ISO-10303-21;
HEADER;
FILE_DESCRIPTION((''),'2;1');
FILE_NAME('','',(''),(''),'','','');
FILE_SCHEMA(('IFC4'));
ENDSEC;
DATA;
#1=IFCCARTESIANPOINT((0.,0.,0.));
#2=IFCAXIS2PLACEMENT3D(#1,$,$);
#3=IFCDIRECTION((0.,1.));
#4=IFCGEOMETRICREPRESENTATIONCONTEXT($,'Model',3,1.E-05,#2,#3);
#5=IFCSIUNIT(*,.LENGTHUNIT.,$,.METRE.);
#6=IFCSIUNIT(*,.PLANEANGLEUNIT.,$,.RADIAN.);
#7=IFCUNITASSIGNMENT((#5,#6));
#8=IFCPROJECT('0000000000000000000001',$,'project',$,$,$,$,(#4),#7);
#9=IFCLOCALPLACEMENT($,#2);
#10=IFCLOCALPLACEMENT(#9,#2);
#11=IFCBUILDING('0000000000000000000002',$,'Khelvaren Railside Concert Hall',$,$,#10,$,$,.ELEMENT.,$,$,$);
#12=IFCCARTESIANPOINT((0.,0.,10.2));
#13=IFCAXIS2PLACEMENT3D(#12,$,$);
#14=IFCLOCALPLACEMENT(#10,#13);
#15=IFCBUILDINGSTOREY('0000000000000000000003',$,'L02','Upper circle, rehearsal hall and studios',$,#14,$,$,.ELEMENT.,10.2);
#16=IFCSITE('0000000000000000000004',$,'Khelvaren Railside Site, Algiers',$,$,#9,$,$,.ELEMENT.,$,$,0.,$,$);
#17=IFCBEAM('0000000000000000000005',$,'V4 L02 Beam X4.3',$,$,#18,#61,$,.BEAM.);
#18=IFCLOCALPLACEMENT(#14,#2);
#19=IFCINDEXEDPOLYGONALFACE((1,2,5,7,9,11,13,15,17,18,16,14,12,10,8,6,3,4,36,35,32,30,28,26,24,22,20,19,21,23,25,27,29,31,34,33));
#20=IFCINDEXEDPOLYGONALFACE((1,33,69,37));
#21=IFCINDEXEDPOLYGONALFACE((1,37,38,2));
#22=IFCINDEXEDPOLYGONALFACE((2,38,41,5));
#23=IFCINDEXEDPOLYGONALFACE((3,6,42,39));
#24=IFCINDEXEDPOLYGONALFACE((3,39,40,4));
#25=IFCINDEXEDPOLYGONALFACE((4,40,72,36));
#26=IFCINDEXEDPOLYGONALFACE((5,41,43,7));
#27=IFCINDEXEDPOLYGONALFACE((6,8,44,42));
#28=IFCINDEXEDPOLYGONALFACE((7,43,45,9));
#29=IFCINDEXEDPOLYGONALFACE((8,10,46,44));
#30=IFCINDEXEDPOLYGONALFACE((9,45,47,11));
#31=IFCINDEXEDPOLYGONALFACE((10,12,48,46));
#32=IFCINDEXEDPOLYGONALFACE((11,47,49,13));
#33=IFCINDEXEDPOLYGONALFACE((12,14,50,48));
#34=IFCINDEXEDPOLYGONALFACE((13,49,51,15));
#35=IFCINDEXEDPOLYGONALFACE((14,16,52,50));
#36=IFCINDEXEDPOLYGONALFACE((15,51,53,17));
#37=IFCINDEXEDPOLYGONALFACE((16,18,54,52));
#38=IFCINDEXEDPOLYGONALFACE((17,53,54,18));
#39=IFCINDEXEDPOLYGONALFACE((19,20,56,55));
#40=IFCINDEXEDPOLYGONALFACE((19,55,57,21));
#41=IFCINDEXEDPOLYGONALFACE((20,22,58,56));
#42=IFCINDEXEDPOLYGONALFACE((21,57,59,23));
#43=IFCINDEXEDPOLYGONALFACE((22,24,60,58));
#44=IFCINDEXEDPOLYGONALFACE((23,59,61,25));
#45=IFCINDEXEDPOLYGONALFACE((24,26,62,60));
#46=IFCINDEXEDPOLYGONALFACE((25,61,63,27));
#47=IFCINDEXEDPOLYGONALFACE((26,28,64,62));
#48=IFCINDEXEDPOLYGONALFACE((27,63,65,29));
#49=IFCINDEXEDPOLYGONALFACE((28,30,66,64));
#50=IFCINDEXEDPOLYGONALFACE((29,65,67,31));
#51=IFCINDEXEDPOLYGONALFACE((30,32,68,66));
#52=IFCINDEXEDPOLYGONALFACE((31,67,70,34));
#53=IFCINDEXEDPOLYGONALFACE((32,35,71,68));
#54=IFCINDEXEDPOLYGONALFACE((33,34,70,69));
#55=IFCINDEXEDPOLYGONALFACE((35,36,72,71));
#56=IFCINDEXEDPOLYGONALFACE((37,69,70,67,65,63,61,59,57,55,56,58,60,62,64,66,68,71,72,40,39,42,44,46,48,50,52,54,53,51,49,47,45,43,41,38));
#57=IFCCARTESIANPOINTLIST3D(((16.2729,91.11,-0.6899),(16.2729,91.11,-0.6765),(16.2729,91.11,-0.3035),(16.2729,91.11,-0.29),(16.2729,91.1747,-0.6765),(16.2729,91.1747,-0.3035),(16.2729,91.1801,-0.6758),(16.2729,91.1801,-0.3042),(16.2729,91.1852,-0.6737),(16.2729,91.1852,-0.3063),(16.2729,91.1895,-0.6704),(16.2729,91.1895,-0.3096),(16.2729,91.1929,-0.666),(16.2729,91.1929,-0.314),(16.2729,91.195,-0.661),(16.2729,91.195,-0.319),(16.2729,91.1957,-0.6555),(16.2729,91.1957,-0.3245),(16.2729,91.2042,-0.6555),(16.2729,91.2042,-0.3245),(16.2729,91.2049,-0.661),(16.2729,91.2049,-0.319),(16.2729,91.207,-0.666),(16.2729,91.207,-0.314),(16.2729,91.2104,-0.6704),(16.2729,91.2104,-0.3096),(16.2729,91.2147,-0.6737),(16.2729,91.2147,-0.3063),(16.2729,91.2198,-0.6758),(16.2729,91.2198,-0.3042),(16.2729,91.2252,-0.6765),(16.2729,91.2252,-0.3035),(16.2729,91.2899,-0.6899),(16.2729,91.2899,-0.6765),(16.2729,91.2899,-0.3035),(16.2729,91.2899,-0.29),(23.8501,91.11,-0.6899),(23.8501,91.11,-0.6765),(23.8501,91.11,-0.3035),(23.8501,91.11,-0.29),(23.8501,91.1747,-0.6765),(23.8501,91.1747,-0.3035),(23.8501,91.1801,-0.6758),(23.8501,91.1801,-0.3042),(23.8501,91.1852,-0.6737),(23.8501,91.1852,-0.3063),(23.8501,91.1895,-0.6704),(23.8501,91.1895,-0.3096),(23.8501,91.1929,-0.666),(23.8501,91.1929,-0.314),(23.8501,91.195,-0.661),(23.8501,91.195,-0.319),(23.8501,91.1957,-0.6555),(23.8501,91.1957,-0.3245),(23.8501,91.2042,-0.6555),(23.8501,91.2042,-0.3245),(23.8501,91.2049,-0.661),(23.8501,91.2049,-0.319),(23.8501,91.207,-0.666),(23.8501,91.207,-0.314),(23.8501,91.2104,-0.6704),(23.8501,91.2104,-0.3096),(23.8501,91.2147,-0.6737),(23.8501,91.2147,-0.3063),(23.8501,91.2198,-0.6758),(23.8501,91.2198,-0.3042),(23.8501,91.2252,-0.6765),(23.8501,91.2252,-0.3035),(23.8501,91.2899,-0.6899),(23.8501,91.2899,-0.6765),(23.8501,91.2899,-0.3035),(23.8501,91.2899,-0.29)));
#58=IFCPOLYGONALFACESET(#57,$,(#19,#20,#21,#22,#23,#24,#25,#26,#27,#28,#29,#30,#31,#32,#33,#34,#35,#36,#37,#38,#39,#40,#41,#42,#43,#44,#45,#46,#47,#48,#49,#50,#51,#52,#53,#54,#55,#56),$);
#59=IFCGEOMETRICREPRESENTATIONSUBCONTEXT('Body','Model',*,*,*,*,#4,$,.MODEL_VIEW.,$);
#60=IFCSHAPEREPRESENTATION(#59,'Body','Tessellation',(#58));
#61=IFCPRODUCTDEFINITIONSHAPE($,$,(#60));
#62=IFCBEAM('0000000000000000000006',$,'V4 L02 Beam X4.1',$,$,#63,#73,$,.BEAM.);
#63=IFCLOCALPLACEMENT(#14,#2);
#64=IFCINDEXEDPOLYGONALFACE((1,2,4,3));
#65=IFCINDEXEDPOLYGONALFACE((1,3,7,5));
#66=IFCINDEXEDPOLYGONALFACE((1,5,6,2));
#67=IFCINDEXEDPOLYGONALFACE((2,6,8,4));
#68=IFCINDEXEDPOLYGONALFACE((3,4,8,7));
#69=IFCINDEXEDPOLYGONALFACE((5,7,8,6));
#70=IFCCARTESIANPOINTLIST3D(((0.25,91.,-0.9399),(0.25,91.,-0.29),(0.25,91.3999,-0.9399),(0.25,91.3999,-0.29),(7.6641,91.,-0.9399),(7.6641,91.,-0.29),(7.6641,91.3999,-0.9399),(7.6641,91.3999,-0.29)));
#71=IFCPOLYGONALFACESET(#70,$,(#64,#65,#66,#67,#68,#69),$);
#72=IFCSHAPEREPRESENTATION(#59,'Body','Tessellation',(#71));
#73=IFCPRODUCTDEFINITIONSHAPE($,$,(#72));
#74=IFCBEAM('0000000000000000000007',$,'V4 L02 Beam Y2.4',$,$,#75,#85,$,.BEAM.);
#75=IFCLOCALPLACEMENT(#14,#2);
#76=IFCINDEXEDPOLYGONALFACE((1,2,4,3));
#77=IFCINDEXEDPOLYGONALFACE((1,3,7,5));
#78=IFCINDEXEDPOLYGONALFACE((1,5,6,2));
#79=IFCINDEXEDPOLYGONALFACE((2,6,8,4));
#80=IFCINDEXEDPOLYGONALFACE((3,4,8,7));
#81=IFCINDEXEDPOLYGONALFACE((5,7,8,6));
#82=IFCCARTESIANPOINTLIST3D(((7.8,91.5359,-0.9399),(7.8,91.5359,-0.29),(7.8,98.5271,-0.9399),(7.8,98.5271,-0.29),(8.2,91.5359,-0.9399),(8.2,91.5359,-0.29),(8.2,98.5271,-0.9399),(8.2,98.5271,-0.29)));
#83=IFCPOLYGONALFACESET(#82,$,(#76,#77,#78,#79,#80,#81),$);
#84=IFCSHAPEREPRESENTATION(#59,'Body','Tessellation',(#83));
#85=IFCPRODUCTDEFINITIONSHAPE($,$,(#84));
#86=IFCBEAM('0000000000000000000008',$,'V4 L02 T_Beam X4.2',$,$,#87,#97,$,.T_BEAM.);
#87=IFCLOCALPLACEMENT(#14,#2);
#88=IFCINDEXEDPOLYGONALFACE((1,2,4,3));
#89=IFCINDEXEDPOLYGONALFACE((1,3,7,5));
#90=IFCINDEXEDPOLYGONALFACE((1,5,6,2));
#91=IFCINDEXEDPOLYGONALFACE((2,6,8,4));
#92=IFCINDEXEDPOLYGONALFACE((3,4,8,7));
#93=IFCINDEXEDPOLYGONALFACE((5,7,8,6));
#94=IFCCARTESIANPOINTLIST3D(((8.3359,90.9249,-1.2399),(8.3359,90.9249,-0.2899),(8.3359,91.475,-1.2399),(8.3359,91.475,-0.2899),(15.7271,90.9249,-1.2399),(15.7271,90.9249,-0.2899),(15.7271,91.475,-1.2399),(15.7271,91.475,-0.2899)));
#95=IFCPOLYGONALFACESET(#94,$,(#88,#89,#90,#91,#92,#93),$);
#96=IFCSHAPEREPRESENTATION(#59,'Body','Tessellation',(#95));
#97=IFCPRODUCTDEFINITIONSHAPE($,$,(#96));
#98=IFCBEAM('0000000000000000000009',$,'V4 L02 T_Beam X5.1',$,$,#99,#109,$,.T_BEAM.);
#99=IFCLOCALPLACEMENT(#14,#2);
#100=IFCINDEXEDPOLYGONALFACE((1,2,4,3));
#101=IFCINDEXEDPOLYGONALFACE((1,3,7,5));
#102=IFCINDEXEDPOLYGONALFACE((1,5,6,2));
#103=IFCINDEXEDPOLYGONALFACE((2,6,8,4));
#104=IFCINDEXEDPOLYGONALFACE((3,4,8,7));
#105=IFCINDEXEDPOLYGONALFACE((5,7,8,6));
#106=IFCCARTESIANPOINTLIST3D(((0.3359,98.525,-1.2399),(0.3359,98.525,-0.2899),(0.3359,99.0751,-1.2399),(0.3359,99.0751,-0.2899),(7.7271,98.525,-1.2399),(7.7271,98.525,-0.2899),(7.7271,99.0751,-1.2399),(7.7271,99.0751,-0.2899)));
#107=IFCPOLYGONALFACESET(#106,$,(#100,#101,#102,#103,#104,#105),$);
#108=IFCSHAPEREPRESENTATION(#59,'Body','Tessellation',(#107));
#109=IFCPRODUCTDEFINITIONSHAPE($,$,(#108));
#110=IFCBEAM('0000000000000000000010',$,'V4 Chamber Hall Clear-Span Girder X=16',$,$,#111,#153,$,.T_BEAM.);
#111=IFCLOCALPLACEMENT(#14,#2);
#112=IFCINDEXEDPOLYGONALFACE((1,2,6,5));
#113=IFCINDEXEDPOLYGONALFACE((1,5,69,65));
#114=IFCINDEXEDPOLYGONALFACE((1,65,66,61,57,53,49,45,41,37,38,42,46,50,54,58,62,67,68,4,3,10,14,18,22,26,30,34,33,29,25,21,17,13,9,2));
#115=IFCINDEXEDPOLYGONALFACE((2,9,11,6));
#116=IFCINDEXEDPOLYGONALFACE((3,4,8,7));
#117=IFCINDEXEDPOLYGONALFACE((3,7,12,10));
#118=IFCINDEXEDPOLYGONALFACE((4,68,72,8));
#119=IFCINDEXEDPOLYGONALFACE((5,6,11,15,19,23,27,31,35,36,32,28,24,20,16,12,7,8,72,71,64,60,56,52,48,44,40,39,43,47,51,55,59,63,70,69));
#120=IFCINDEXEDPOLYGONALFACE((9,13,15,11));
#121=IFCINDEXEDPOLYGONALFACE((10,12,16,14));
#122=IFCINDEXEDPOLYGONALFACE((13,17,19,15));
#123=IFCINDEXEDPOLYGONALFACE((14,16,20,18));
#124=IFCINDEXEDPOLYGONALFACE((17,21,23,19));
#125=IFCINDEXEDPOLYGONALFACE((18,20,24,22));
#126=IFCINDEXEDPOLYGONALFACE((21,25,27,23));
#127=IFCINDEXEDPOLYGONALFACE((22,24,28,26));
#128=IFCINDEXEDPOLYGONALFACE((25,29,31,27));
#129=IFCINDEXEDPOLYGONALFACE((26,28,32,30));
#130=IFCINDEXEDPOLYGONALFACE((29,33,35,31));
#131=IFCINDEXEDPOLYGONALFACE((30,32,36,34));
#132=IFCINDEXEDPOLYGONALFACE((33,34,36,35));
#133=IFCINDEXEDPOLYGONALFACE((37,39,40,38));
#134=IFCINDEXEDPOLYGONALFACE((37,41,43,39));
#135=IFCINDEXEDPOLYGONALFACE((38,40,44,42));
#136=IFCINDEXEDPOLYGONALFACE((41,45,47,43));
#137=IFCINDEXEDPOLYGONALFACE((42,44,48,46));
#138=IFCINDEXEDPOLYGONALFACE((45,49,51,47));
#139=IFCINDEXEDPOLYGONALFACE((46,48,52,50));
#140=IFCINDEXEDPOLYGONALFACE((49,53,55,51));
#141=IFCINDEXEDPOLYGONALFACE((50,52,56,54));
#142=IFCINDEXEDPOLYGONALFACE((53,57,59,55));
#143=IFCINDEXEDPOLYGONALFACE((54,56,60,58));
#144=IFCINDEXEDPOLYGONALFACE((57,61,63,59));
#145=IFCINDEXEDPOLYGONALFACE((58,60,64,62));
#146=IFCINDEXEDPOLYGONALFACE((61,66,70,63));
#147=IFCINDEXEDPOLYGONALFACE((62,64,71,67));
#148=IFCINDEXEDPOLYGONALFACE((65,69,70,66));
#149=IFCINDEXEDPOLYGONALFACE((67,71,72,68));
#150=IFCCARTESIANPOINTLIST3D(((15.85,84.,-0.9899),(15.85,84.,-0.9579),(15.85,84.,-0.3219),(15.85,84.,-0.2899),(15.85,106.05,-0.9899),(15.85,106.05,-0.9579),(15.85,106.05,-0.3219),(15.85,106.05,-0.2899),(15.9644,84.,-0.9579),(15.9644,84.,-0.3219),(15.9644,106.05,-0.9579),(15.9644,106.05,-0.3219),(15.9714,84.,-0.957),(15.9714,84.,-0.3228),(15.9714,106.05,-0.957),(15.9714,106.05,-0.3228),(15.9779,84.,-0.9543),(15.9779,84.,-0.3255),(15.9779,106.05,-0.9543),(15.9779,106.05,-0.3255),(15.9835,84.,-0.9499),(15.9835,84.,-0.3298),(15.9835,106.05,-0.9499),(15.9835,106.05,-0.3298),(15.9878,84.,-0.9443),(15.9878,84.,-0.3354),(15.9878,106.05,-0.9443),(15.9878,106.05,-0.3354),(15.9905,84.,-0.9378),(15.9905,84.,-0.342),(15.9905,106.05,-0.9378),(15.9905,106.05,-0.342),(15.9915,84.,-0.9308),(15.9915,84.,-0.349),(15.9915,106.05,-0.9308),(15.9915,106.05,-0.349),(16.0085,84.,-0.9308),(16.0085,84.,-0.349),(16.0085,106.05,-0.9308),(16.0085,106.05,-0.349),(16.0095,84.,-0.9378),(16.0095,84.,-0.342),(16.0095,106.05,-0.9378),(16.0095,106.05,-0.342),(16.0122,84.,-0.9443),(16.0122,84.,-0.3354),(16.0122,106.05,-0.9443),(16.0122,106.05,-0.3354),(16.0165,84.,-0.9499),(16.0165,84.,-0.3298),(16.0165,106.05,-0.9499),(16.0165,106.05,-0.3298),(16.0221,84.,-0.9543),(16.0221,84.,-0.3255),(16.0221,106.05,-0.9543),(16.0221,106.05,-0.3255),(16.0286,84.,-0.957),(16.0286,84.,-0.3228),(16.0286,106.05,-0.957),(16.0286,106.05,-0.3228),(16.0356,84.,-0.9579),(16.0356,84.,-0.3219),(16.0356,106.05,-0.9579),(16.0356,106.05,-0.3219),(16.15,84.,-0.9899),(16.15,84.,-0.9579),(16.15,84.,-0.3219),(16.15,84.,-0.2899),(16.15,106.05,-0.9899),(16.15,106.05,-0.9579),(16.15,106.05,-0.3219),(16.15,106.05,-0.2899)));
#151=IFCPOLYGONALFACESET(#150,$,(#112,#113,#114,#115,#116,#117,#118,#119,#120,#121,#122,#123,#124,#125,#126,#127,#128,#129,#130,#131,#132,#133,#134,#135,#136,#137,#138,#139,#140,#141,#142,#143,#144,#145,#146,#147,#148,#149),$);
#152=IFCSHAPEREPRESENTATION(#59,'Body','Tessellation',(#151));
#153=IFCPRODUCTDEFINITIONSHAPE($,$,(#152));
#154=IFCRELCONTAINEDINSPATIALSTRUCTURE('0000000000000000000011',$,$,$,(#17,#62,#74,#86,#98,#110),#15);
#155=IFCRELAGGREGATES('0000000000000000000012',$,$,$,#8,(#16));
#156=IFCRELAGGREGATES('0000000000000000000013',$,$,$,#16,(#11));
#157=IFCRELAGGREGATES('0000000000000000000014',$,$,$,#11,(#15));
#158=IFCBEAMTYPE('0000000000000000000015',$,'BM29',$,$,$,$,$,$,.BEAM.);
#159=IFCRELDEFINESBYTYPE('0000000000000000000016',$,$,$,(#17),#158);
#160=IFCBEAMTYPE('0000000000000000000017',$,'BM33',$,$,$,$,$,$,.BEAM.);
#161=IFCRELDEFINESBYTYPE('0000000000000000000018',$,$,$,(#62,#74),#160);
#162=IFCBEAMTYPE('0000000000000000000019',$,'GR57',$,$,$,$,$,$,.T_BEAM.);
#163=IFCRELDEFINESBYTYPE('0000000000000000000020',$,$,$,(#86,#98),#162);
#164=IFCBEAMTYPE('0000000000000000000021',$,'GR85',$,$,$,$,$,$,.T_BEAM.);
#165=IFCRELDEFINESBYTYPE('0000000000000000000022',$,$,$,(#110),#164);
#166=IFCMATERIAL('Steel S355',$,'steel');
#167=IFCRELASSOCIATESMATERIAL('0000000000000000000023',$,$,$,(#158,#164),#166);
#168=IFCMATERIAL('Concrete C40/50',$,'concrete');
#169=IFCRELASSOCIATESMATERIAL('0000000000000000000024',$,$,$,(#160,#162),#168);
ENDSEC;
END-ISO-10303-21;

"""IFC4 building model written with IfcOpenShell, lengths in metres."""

from ifc_helpers import new_model, si_unit, direction, frame, origin, origin_2d, place, context, subcontext, project, spatial, rectangle, i_section, extrude, material, material_profile, profile_set, type_object, element, save


model = new_model("IFC4")

# Units and contexts
model_context = context("Model", 3, precision=1e-05, world=origin(), true_north=direction((0.0, 1.0)))
body_context = subcontext(model_context, "Body", "Model", "MODEL_VIEW")
ifc_project = project(units=[si_unit("LENGTHUNIT", "METRE"), si_unit("PLANEANGLEUNIT", "RADIAN")], contexts=[model_context])

# Site, building, storey
site_placement = place(None, origin())
site = spatial("IfcSite", under=ifc_project, at=site_placement, Name="Khelvaren Railside Site, Algiers", CompositionType="ELEMENT", RefElevation=0.0)
building_placement = place(site_placement, origin())
building = spatial("IfcBuilding", under=site, at=building_placement, Name="Khelvaren Railside Concert Hall", CompositionType="ELEMENT")
storey_placement = place(building_placement, frame((0.0, 0.0, 10.2)))
storey = spatial("IfcBuildingStorey", under=building, at=storey_placement, Name="L02", Description="Upper circle, rehearsal hall and studios", CompositionType="ELEMENT", Elevation=10.2)

# Beams
ifc_material_1 = material(Name="Steel S355", Category="steel")
ifc_material_profile_1 = material_profile(ifc_material_1, i_section(OverallWidth=0.1799, OverallDepth=0.3999, WebThickness=0.0085, FlangeThickness=0.0134, FilletRadius=0.021, at=origin_2d()), Name="IPE 400")
ifc_profile_set_1 = profile_set([ifc_material_profile_1], Name="Steel S355")
beam_type_1 = type_object("IfcBeamType", Name="BM29", PredefinedType="BEAM", material=ifc_profile_set_1)
beam_1_placement = place(storey_placement, frame((16.2729, 91.2, -0.49), z_axis=(1.0, 0.0, 0.0), x_axis=(0.0, 1.0, 0.0)))
element("IfcBeam", 1, at=beam_1_placement, inside=storey, type_object=beam_type_1, Name="V4 L02 Beam X4.3", PredefinedType="BEAM", context=body_context, shape_type="SweptSolid", body=[
    extrude(i_section(OverallWidth=0.1799, OverallDepth=0.3999, WebThickness=0.0085, FlangeThickness=0.0134, FilletRadius=0.021, at=origin_2d()), origin(), (0.0, 0.0, 1.0), 7.5771),
])
ifc_material_2 = material(Name="Concrete C40/50", Category="concrete")
ifc_material_profile_2 = material_profile(ifc_material_2, rectangle(XDim=0.3999, YDim=0.6499, at=origin_2d()), Name="RCB 400x650")
ifc_profile_set_2 = profile_set([ifc_material_profile_2], Name="Concrete C40/50")
beam_type_2 = type_object("IfcBeamType", Name="BM33", PredefinedType="BEAM", material=ifc_profile_set_2)
beam_2_placement = place(storey_placement, frame((0.25, 91.2, -0.615), z_axis=(1.0, 0.0, 0.0), x_axis=(0.0, 1.0, 0.0)))
element("IfcBeam", 2, at=beam_2_placement, inside=storey, type_object=beam_type_2, Name="V4 L02 Beam X4.1", PredefinedType="BEAM", context=body_context, shape_type="SweptSolid", body=[
    extrude(rectangle(XDim=0.3999, YDim=0.6499, at=origin_2d()), origin(), (0.0, 0.0, 1.0), 7.4141),
])
beam_3_placement = place(storey_placement, frame((8.0, 91.5359, -0.615), z_axis=(0.0, 1.0, 0.0), x_axis=(-1.0, 0.0, 0.0)))
element("IfcBeam", 3, at=beam_3_placement, inside=storey, type_object=beam_type_2, Name="V4 L02 Beam Y2.4", PredefinedType="BEAM", context=body_context, shape_type="SweptSolid", body=[
    extrude(rectangle(XDim=0.3999, YDim=0.6499, at=origin_2d()), origin(), (0.0, 0.0, 1.0), 6.9912),
])
ifc_material_profile_3 = material_profile(ifc_material_2, rectangle(XDim=0.55, YDim=0.95, at=origin_2d()), Name="RCB 550x950")
ifc_profile_set_3 = profile_set([ifc_material_profile_3], Name="Concrete C40/50")
beam_type_3 = type_object("IfcBeamType", Name="GR57", PredefinedType="T_BEAM", material=ifc_profile_set_3)
for number, where, z_axis, x_axis, name in (
    (4, (8.3359, 91.2, -0.7649), (1.0, 0.0, 0.0), (0.0, 1.0, 0.0), "V4 L02 T_Beam X4.2"),
    (5, (0.3359, 98.8, -0.7649), (1.0, 0.0, 0.0), (0.0, 1.0, 0.0), "V4 L02 T_Beam X5.1"),
):
    element("IfcBeam", number, at=place(storey_placement, frame(where, z_axis=z_axis, x_axis=x_axis)), inside=storey, type_object=beam_type_3, Name=name, PredefinedType="T_BEAM", context=body_context, shape_type="SweptSolid", body=[
        extrude(rectangle(XDim=0.55, YDim=0.95, at=origin_2d()), origin(), (0.0, 0.0, 1.0), 7.3911),
    ])
ifc_material_profile_4 = material_profile(ifc_material_1, i_section(OverallWidth=0.3, OverallDepth=0.7, WebThickness=0.0171, FlangeThickness=0.032, FilletRadius=0.0271, at=origin_2d()), Name="HEB 700")
ifc_profile_set_4 = profile_set([ifc_material_profile_4], Name="Steel S355")
beam_type_4 = type_object("IfcBeamType", Name="GR85", PredefinedType="T_BEAM", material=ifc_profile_set_4)
beam_4_placement = place(storey_placement, frame((16.0, 84.0, -0.6399), z_axis=(0.0, 1.0, 0.0), x_axis=(-1.0, 0.0, 0.0)))
element("IfcBeam", 6, at=beam_4_placement, inside=storey, type_object=beam_type_4, Name="V4 Chamber Hall Clear-Span Girder X=16", PredefinedType="T_BEAM", context=body_context, shape_type="SweptSolid", body=[
    extrude(i_section(OverallWidth=0.3, OverallDepth=0.7, WebThickness=0.0171, FlangeThickness=0.032, FilletRadius=0.0271, at=origin_2d()), origin(), (0.0, 0.0, 1.0), 22.05),
])

save(model, "model.ifc")
